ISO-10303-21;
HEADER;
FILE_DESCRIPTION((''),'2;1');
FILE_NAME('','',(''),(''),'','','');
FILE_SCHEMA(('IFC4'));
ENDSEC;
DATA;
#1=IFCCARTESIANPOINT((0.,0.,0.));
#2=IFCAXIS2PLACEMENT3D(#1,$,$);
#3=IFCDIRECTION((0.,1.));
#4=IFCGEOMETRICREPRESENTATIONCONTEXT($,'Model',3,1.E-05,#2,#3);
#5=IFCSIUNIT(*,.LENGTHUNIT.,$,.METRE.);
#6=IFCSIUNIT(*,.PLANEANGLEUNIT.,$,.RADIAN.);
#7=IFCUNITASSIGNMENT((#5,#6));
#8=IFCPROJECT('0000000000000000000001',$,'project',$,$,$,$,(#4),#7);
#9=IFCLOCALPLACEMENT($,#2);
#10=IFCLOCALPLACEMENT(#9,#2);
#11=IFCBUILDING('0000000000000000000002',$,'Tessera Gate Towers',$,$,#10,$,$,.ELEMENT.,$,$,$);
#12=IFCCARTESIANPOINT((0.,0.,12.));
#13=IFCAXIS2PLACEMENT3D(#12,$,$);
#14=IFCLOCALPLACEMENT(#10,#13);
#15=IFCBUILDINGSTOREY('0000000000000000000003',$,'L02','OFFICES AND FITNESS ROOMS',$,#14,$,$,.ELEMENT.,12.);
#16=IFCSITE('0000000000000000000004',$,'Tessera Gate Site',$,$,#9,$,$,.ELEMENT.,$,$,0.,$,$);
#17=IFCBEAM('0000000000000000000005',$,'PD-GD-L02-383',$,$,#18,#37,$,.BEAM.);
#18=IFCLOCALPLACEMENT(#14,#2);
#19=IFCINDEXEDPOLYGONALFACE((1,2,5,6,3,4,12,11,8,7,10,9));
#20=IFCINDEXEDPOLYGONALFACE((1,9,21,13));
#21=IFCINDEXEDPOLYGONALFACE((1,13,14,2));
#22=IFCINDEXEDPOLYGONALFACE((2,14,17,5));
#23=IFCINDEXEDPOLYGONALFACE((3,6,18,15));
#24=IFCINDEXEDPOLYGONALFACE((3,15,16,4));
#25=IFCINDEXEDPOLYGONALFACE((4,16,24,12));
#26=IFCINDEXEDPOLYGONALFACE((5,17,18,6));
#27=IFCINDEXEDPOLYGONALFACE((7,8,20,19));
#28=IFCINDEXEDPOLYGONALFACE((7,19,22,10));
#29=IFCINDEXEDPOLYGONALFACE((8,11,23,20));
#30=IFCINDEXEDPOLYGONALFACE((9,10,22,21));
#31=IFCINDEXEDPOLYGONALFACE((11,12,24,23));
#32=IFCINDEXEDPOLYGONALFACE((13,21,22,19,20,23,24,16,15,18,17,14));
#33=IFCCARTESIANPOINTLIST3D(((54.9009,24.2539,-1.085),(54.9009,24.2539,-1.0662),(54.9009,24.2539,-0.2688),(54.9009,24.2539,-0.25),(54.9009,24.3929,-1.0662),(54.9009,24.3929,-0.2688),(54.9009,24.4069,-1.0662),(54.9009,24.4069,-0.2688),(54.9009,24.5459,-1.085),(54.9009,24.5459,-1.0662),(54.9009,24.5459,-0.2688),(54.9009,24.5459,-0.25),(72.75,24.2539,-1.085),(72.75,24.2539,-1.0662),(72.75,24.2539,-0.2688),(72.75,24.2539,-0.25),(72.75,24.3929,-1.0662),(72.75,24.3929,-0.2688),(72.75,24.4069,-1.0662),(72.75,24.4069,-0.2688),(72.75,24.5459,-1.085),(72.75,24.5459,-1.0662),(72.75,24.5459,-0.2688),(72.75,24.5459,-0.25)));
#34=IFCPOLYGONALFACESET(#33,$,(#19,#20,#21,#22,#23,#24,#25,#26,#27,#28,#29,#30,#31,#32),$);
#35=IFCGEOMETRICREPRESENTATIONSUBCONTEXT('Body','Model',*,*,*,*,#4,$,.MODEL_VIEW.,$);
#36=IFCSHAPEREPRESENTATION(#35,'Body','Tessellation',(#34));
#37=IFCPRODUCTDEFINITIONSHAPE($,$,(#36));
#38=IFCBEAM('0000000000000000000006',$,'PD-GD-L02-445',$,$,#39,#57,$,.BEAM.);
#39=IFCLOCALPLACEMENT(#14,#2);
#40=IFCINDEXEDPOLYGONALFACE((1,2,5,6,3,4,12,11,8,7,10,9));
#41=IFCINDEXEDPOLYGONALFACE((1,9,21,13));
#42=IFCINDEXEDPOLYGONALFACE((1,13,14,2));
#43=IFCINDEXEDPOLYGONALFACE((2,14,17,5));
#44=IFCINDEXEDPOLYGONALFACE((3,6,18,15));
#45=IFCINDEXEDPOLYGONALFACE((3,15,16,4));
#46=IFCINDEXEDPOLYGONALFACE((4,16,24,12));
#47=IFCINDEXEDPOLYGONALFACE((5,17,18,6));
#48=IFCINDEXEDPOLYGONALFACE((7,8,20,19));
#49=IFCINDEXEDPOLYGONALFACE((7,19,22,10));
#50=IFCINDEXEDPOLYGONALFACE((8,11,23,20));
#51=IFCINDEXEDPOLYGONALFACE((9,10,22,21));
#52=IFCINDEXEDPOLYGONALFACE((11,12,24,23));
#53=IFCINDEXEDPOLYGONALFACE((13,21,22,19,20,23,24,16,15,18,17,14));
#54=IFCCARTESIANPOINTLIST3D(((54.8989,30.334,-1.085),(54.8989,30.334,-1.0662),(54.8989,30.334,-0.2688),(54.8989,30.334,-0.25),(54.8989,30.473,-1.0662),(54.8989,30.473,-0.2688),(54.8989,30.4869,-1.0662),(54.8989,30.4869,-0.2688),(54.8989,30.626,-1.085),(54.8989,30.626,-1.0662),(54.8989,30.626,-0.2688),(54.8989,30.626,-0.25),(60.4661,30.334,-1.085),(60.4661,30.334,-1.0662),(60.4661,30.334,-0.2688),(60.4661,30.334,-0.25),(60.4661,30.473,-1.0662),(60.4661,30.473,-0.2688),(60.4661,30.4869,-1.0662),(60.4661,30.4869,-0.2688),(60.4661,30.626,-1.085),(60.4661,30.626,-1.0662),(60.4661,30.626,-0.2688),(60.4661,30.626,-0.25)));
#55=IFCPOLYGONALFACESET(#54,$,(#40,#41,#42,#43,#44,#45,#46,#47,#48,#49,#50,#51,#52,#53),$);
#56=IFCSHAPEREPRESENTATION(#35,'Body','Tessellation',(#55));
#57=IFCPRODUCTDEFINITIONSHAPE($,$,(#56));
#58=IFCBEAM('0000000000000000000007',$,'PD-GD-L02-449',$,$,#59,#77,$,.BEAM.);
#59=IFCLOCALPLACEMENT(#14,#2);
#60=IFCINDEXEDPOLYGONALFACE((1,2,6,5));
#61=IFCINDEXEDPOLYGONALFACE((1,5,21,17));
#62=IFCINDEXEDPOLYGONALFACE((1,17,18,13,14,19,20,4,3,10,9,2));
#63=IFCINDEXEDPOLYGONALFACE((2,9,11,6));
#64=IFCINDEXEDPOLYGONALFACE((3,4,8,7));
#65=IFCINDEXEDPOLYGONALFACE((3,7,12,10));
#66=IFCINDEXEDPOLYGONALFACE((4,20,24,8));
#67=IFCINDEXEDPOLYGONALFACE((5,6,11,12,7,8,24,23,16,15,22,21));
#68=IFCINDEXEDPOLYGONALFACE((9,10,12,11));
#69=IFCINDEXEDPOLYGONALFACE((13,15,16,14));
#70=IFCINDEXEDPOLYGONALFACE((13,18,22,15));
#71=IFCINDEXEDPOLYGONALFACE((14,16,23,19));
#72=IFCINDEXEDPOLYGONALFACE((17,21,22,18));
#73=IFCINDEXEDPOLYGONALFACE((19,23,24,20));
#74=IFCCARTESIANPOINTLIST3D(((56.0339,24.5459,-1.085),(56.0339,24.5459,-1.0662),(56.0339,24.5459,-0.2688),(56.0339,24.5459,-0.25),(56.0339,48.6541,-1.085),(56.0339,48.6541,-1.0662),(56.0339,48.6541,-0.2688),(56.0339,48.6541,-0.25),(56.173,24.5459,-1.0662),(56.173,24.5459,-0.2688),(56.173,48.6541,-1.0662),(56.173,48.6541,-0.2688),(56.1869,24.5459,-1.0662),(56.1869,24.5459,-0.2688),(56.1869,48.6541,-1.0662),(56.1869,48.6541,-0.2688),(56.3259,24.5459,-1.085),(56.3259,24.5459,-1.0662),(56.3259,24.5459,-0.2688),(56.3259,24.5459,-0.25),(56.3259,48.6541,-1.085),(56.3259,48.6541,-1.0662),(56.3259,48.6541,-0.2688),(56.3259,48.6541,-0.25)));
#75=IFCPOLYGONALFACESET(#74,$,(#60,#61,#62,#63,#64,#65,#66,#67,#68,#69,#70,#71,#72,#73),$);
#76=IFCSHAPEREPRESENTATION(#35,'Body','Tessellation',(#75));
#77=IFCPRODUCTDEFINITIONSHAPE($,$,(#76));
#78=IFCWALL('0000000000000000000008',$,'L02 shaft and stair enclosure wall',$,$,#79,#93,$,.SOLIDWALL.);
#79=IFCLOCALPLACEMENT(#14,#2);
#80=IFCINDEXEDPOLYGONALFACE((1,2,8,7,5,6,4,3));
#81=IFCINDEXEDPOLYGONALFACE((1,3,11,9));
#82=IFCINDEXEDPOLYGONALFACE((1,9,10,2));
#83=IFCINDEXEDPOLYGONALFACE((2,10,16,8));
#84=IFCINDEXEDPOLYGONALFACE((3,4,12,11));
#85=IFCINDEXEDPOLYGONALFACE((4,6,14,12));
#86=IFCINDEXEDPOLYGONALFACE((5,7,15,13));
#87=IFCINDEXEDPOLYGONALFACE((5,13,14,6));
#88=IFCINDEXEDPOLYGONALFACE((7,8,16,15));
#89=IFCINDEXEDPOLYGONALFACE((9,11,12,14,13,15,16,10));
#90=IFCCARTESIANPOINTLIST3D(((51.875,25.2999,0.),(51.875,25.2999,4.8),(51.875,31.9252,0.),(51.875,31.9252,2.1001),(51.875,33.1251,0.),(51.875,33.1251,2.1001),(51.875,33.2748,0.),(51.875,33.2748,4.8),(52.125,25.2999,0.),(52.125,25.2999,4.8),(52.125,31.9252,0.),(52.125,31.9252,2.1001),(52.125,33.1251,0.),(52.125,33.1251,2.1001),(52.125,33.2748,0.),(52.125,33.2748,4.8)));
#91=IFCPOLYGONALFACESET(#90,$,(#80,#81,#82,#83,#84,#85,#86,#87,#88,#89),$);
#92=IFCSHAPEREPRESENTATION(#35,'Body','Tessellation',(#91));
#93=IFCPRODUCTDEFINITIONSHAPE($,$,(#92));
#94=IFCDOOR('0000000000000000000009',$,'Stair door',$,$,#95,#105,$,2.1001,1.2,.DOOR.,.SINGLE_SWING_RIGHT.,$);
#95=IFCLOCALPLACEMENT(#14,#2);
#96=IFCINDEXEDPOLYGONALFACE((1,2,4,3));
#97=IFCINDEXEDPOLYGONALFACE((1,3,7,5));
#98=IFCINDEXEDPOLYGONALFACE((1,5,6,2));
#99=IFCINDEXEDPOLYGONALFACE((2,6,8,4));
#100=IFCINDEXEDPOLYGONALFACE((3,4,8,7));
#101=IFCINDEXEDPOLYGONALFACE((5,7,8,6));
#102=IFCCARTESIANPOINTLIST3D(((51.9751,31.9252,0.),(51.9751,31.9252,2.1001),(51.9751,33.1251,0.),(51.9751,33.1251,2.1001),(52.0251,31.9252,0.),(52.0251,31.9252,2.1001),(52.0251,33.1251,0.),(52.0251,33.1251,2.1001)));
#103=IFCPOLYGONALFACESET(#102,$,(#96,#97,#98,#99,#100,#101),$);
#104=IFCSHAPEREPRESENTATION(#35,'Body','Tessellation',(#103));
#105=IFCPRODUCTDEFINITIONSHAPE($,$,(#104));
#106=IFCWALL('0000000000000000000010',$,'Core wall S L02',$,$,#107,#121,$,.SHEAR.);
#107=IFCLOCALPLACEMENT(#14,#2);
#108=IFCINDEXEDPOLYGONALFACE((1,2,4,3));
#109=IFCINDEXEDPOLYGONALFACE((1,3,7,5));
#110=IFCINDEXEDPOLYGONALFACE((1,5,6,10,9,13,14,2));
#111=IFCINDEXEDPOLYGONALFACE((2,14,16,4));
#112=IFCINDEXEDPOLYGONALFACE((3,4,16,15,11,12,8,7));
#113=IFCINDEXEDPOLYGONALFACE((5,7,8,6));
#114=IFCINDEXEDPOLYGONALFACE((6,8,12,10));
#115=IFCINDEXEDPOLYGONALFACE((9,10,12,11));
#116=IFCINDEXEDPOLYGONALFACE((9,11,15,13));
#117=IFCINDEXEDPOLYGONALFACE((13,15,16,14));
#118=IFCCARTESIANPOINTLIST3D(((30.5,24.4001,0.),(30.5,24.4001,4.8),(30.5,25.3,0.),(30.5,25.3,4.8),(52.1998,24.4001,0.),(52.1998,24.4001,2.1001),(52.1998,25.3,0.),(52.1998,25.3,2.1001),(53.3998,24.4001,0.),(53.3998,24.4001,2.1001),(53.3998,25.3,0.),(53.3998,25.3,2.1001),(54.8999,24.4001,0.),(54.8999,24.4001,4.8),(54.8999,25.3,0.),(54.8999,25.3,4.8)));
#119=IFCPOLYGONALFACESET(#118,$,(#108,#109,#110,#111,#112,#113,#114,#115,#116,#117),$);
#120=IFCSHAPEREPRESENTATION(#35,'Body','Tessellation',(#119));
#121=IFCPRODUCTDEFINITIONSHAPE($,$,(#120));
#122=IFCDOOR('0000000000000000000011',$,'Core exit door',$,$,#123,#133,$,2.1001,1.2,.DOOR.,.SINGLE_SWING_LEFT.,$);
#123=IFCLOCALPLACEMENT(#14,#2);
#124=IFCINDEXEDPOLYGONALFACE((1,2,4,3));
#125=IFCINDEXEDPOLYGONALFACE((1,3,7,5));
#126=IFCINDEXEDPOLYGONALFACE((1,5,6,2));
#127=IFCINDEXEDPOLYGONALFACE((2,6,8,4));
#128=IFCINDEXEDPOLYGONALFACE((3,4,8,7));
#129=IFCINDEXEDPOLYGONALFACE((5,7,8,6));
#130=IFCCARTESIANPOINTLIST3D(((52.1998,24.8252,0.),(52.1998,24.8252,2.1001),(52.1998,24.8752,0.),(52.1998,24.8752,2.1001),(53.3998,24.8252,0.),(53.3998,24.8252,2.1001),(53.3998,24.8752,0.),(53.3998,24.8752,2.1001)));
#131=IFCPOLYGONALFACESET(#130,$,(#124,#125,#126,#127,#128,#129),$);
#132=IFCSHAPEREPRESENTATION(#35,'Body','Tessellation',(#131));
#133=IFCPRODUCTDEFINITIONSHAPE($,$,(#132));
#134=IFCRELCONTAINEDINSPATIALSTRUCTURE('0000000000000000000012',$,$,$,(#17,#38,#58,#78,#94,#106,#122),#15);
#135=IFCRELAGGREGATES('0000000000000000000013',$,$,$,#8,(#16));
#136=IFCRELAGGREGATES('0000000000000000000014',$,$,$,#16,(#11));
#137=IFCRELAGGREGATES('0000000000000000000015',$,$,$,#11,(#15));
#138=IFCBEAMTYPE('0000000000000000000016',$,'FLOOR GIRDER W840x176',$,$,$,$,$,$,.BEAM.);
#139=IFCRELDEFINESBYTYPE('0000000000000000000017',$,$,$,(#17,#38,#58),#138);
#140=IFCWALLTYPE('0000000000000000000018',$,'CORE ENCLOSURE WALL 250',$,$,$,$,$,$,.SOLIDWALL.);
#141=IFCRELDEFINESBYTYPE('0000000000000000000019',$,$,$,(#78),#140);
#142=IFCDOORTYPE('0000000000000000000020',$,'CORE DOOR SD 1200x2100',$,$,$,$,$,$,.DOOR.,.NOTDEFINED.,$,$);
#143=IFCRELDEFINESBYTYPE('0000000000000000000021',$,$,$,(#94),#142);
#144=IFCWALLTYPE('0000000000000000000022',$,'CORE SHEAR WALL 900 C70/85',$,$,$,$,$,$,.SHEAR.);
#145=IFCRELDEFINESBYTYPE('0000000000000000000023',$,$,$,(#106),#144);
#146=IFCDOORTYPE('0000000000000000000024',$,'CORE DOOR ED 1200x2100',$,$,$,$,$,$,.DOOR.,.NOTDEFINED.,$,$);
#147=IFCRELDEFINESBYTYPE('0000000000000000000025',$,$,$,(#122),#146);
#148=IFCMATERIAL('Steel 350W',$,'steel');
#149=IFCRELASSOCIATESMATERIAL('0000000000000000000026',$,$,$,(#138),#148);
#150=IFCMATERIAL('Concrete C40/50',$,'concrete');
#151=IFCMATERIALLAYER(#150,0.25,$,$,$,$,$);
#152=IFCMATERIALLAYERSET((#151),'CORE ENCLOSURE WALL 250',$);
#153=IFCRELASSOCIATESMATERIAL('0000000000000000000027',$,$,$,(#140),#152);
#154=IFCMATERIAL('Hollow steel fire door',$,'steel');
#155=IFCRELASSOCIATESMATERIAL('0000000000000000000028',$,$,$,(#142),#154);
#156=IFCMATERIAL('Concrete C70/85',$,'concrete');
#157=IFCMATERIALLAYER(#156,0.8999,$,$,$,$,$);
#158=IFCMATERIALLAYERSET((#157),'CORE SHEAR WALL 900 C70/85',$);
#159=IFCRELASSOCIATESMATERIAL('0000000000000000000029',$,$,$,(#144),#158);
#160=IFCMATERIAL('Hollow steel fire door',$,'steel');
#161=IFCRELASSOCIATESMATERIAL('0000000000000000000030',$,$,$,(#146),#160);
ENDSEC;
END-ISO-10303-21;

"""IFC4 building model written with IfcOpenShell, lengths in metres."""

from ifc_helpers import new_model, si_unit, direction, frame, frame_2d, origin, origin_2d, place, context, subcontext, project, spatial, rectangle, i_section, extrude, source, transform, mapped, material, layer, layer_set, material_profile, profile_set, type_object, element, fill, save


model = new_model("IFC4")

# Units and contexts
model_context = context("Model", 3, precision=1e-05, world=origin(), true_north=direction((0.0, 1.0)))
body_context = subcontext(model_context, "Body", "Model", "MODEL_VIEW")
ifc_project = project(units=[si_unit("LENGTHUNIT", "METRE"), si_unit("PLANEANGLEUNIT", "RADIAN")], contexts=[model_context])

# Site, building, storey
site_placement = place(None, origin())
site = spatial("IfcSite", under=ifc_project, at=site_placement, Name="Tessera Gate Site", CompositionType="ELEMENT", RefElevation=0.0)
building_placement = place(site_placement, origin())
building = spatial("IfcBuilding", under=site, at=building_placement, Name="Tessera Gate Towers", CompositionType="ELEMENT")
storey_placement = place(building_placement, frame((0.0, 0.0, 12.0)))
storey = spatial("IfcBuildingStorey", under=building, at=storey_placement, Name="L02", Description="OFFICES AND FITNESS ROOMS", CompositionType="ELEMENT", Elevation=12.0)

# Beams
ifc_material_1 = material(Name="Steel 350W", Category="steel")
ifc_material_profile = material_profile(ifc_material_1, i_section(OverallWidth=0.292, OverallDepth=0.835, WebThickness=0.0139, FlangeThickness=0.0188, at=origin_2d()), Name="W840x176")
ifc_profile_set = profile_set([ifc_material_profile], Name="Steel 350W")
beam_type = type_object("IfcBeamType", Name="FLOOR GIRDER W840x176", PredefinedType="BEAM", material=ifc_profile_set)
beam_1_placement = place(storey_placement, frame((54.9009, 24.3999, -0.6675), z_axis=(1.0, 0.0, 0.0), x_axis=(0.0, 1.0, 0.0)))
element("IfcBeam", 1, at=beam_1_placement, inside=storey, type_object=beam_type, Name="PD-GD-L02-383", PredefinedType="BEAM", context=body_context, shape_type="SweptSolid", body=[
    extrude(i_section(OverallWidth=0.292, OverallDepth=0.835, WebThickness=0.0139, FlangeThickness=0.0188, at=origin_2d()), origin(), (0.0, 0.0, 1.0), 17.8491),
])
beam_2_placement = place(storey_placement, frame((54.8989, 30.48, -0.6675), z_axis=(1.0, 0.0, 0.0), x_axis=(0.0, 1.0, 0.0)))
element("IfcBeam", 2, at=beam_2_placement, inside=storey, type_object=beam_type, Name="PD-GD-L02-445", PredefinedType="BEAM", context=body_context, shape_type="SweptSolid", body=[
    extrude(i_section(OverallWidth=0.292, OverallDepth=0.835, WebThickness=0.0139, FlangeThickness=0.0188, at=origin_2d()), origin(), (0.0, 0.0, 1.0), 5.5671),
])
beam_3_placement = place(storey_placement, frame((56.1799, 24.5459, -0.6675), z_axis=(0.0, 1.0, 0.0), x_axis=(-1.0, 0.0, 0.0)))
element("IfcBeam", 3, at=beam_3_placement, inside=storey, type_object=beam_type, Name="PD-GD-L02-449", PredefinedType="BEAM", context=body_context, shape_type="SweptSolid", body=[
    extrude(i_section(OverallWidth=0.292, OverallDepth=0.835, WebThickness=0.0139, FlangeThickness=0.0188, at=origin_2d()), origin(), (0.0, 0.0, 1.0), 24.1082),
])

# Walls, openings, doors
ifc_material_2 = material(Name="Concrete C40/50", Category="concrete")
ifc_layer_1 = layer(ifc_material_2, 0.25)
ifc_layer_set_1 = layer_set([ifc_layer_1], Name="CORE ENCLOSURE WALL 250")
wall_type_1 = type_object("IfcWallType", Name="CORE ENCLOSURE WALL 250", PredefinedType="SOLIDWALL", material=ifc_layer_set_1)
wall_1_placement = place(storey_placement, frame((52.0, 25.3, 0.0), z_axis=(0.0, 0.0, 1.0), x_axis=(0.0, 1.0, 0.0)))
wall_1 = element("IfcWall", 4, at=wall_1_placement, inside=storey, type_object=wall_type_1, Name="L02 shaft and stair enclosure wall", PredefinedType="SOLIDWALL", context=body_context, shape_type="SweptSolid", body=[
    extrude(rectangle(XDim=7.9749, YDim=0.25, at=frame_2d((3.9873, 0.0))), origin(), (0.0, 0.0, 1.0), 4.8),
])
shared_shape_1 = source(origin(), body_context, "Body", "SweptSolid", [
    extrude(rectangle(XDim=1.2, YDim=2.1001, at=frame_2d((0.6001, 1.05))), frame((0.0, 0.135, 0.0), z_axis=(0.0, -1.0, 0.0), x_axis=(1.0, 0.0, 0.0)), (0.0, 0.0, 1.0), 0.27),
])
opening_1_placement = place(wall_1_placement, frame((6.625, 0.0, 0.0)))
opening_1 = element("IfcOpeningElement", 5, at=opening_1_placement, cuts=wall_1, PredefinedType="OPENING", context=body_context, shape_type="MappedRepresentation", body=[
    mapped(shared_shape_1, transform((0.0, 0.0, 0.0), scale=1.0)),
])
ifc_material_3 = material(Name="Hollow steel fire door", Category="steel")
door_type_1 = type_object("IfcDoorType", Name="CORE DOOR SD 1200x2100", OperationType="NOTDEFINED", PredefinedType="DOOR", material=ifc_material_3)
shared_shape_2 = source(origin(), body_context, "Body", "SweptSolid", [
    extrude(rectangle(XDim=1.2, YDim=2.1001, at=frame_2d((0.6001, 1.05))), frame((0.0, 0.0249, 0.0), z_axis=(0.0, -1.0, 0.0), x_axis=(1.0, 0.0, 0.0)), (0.0, 0.0, 1.0), 0.05),
])
door_1_placement = place(opening_1_placement, origin())
door_1 = element("IfcDoor", 6, at=door_1_placement, inside=storey, type_object=door_type_1, Name="Stair door", OperationType="SINGLE_SWING_RIGHT", OverallHeight=2.1001, OverallWidth=1.2, PredefinedType="DOOR", context=body_context, shape_type="MappedRepresentation", body=[
    mapped(shared_shape_2, transform((0.0, 0.0, 0.0), scale=1.0)),
])
fill(opening_1, door_1)
ifc_material_4 = material(Name="Concrete C70/85", Category="concrete")
ifc_layer_2 = layer(ifc_material_4, 0.8999)
ifc_layer_set_2 = layer_set([ifc_layer_2], Name="CORE SHEAR WALL 900 C70/85")
wall_type_2 = type_object("IfcWallType", Name="CORE SHEAR WALL 900 C70/85", PredefinedType="SHEAR", material=ifc_layer_set_2)
wall_2_placement = place(storey_placement, frame((54.8999, 24.8501, 0.0), z_axis=(0.0, 0.0, 1.0), x_axis=(-1.0, 0.0, 0.0)))
wall_2 = element("IfcWall", 7, at=wall_2_placement, inside=storey, type_object=wall_type_2, Name="Core wall S L02", PredefinedType="SHEAR", context=body_context, shape_type="SweptSolid", body=[
    extrude(rectangle(XDim=24.3999, YDim=0.8999, at=frame_2d((12.2, 0.0))), origin(), (0.0, 0.0, 1.0), 4.8),
])
shared_shape_3 = source(origin(), body_context, "Body", "SweptSolid", [
    extrude(rectangle(XDim=1.2, YDim=2.1001, at=frame_2d((0.6001, 1.05))), frame((0.0, 0.46, 0.0), z_axis=(0.0, -1.0, 0.0), x_axis=(1.0, 0.0, 0.0)), (0.0, 0.0, 1.0), 0.9199),
])
opening_2_placement = place(wall_2_placement, frame((1.5, 0.0, 0.0)))
opening_2 = element("IfcOpeningElement", 8, at=opening_2_placement, cuts=wall_2, PredefinedType="OPENING", context=body_context, shape_type="MappedRepresentation", body=[
    mapped(shared_shape_3, transform((0.0, 0.0, 0.0), scale=1.0)),
])
ifc_material_5 = material(Name="Hollow steel fire door", Category="steel")
door_type_2 = type_object("IfcDoorType", Name="CORE DOOR ED 1200x2100", OperationType="NOTDEFINED", PredefinedType="DOOR", material=ifc_material_5)
door_2_placement = place(opening_2_placement, origin())
door_2 = element("IfcDoor", 9, at=door_2_placement, inside=storey, type_object=door_type_2, Name="Core exit door", OperationType="SINGLE_SWING_LEFT", OverallHeight=2.1001, OverallWidth=1.2, PredefinedType="DOOR", context=body_context, shape_type="MappedRepresentation", body=[
    mapped(shared_shape_2, transform((0.0, 0.0, 0.0), scale=1.0)),
])
fill(opening_2, door_2)

save(model, "model.ifc")
